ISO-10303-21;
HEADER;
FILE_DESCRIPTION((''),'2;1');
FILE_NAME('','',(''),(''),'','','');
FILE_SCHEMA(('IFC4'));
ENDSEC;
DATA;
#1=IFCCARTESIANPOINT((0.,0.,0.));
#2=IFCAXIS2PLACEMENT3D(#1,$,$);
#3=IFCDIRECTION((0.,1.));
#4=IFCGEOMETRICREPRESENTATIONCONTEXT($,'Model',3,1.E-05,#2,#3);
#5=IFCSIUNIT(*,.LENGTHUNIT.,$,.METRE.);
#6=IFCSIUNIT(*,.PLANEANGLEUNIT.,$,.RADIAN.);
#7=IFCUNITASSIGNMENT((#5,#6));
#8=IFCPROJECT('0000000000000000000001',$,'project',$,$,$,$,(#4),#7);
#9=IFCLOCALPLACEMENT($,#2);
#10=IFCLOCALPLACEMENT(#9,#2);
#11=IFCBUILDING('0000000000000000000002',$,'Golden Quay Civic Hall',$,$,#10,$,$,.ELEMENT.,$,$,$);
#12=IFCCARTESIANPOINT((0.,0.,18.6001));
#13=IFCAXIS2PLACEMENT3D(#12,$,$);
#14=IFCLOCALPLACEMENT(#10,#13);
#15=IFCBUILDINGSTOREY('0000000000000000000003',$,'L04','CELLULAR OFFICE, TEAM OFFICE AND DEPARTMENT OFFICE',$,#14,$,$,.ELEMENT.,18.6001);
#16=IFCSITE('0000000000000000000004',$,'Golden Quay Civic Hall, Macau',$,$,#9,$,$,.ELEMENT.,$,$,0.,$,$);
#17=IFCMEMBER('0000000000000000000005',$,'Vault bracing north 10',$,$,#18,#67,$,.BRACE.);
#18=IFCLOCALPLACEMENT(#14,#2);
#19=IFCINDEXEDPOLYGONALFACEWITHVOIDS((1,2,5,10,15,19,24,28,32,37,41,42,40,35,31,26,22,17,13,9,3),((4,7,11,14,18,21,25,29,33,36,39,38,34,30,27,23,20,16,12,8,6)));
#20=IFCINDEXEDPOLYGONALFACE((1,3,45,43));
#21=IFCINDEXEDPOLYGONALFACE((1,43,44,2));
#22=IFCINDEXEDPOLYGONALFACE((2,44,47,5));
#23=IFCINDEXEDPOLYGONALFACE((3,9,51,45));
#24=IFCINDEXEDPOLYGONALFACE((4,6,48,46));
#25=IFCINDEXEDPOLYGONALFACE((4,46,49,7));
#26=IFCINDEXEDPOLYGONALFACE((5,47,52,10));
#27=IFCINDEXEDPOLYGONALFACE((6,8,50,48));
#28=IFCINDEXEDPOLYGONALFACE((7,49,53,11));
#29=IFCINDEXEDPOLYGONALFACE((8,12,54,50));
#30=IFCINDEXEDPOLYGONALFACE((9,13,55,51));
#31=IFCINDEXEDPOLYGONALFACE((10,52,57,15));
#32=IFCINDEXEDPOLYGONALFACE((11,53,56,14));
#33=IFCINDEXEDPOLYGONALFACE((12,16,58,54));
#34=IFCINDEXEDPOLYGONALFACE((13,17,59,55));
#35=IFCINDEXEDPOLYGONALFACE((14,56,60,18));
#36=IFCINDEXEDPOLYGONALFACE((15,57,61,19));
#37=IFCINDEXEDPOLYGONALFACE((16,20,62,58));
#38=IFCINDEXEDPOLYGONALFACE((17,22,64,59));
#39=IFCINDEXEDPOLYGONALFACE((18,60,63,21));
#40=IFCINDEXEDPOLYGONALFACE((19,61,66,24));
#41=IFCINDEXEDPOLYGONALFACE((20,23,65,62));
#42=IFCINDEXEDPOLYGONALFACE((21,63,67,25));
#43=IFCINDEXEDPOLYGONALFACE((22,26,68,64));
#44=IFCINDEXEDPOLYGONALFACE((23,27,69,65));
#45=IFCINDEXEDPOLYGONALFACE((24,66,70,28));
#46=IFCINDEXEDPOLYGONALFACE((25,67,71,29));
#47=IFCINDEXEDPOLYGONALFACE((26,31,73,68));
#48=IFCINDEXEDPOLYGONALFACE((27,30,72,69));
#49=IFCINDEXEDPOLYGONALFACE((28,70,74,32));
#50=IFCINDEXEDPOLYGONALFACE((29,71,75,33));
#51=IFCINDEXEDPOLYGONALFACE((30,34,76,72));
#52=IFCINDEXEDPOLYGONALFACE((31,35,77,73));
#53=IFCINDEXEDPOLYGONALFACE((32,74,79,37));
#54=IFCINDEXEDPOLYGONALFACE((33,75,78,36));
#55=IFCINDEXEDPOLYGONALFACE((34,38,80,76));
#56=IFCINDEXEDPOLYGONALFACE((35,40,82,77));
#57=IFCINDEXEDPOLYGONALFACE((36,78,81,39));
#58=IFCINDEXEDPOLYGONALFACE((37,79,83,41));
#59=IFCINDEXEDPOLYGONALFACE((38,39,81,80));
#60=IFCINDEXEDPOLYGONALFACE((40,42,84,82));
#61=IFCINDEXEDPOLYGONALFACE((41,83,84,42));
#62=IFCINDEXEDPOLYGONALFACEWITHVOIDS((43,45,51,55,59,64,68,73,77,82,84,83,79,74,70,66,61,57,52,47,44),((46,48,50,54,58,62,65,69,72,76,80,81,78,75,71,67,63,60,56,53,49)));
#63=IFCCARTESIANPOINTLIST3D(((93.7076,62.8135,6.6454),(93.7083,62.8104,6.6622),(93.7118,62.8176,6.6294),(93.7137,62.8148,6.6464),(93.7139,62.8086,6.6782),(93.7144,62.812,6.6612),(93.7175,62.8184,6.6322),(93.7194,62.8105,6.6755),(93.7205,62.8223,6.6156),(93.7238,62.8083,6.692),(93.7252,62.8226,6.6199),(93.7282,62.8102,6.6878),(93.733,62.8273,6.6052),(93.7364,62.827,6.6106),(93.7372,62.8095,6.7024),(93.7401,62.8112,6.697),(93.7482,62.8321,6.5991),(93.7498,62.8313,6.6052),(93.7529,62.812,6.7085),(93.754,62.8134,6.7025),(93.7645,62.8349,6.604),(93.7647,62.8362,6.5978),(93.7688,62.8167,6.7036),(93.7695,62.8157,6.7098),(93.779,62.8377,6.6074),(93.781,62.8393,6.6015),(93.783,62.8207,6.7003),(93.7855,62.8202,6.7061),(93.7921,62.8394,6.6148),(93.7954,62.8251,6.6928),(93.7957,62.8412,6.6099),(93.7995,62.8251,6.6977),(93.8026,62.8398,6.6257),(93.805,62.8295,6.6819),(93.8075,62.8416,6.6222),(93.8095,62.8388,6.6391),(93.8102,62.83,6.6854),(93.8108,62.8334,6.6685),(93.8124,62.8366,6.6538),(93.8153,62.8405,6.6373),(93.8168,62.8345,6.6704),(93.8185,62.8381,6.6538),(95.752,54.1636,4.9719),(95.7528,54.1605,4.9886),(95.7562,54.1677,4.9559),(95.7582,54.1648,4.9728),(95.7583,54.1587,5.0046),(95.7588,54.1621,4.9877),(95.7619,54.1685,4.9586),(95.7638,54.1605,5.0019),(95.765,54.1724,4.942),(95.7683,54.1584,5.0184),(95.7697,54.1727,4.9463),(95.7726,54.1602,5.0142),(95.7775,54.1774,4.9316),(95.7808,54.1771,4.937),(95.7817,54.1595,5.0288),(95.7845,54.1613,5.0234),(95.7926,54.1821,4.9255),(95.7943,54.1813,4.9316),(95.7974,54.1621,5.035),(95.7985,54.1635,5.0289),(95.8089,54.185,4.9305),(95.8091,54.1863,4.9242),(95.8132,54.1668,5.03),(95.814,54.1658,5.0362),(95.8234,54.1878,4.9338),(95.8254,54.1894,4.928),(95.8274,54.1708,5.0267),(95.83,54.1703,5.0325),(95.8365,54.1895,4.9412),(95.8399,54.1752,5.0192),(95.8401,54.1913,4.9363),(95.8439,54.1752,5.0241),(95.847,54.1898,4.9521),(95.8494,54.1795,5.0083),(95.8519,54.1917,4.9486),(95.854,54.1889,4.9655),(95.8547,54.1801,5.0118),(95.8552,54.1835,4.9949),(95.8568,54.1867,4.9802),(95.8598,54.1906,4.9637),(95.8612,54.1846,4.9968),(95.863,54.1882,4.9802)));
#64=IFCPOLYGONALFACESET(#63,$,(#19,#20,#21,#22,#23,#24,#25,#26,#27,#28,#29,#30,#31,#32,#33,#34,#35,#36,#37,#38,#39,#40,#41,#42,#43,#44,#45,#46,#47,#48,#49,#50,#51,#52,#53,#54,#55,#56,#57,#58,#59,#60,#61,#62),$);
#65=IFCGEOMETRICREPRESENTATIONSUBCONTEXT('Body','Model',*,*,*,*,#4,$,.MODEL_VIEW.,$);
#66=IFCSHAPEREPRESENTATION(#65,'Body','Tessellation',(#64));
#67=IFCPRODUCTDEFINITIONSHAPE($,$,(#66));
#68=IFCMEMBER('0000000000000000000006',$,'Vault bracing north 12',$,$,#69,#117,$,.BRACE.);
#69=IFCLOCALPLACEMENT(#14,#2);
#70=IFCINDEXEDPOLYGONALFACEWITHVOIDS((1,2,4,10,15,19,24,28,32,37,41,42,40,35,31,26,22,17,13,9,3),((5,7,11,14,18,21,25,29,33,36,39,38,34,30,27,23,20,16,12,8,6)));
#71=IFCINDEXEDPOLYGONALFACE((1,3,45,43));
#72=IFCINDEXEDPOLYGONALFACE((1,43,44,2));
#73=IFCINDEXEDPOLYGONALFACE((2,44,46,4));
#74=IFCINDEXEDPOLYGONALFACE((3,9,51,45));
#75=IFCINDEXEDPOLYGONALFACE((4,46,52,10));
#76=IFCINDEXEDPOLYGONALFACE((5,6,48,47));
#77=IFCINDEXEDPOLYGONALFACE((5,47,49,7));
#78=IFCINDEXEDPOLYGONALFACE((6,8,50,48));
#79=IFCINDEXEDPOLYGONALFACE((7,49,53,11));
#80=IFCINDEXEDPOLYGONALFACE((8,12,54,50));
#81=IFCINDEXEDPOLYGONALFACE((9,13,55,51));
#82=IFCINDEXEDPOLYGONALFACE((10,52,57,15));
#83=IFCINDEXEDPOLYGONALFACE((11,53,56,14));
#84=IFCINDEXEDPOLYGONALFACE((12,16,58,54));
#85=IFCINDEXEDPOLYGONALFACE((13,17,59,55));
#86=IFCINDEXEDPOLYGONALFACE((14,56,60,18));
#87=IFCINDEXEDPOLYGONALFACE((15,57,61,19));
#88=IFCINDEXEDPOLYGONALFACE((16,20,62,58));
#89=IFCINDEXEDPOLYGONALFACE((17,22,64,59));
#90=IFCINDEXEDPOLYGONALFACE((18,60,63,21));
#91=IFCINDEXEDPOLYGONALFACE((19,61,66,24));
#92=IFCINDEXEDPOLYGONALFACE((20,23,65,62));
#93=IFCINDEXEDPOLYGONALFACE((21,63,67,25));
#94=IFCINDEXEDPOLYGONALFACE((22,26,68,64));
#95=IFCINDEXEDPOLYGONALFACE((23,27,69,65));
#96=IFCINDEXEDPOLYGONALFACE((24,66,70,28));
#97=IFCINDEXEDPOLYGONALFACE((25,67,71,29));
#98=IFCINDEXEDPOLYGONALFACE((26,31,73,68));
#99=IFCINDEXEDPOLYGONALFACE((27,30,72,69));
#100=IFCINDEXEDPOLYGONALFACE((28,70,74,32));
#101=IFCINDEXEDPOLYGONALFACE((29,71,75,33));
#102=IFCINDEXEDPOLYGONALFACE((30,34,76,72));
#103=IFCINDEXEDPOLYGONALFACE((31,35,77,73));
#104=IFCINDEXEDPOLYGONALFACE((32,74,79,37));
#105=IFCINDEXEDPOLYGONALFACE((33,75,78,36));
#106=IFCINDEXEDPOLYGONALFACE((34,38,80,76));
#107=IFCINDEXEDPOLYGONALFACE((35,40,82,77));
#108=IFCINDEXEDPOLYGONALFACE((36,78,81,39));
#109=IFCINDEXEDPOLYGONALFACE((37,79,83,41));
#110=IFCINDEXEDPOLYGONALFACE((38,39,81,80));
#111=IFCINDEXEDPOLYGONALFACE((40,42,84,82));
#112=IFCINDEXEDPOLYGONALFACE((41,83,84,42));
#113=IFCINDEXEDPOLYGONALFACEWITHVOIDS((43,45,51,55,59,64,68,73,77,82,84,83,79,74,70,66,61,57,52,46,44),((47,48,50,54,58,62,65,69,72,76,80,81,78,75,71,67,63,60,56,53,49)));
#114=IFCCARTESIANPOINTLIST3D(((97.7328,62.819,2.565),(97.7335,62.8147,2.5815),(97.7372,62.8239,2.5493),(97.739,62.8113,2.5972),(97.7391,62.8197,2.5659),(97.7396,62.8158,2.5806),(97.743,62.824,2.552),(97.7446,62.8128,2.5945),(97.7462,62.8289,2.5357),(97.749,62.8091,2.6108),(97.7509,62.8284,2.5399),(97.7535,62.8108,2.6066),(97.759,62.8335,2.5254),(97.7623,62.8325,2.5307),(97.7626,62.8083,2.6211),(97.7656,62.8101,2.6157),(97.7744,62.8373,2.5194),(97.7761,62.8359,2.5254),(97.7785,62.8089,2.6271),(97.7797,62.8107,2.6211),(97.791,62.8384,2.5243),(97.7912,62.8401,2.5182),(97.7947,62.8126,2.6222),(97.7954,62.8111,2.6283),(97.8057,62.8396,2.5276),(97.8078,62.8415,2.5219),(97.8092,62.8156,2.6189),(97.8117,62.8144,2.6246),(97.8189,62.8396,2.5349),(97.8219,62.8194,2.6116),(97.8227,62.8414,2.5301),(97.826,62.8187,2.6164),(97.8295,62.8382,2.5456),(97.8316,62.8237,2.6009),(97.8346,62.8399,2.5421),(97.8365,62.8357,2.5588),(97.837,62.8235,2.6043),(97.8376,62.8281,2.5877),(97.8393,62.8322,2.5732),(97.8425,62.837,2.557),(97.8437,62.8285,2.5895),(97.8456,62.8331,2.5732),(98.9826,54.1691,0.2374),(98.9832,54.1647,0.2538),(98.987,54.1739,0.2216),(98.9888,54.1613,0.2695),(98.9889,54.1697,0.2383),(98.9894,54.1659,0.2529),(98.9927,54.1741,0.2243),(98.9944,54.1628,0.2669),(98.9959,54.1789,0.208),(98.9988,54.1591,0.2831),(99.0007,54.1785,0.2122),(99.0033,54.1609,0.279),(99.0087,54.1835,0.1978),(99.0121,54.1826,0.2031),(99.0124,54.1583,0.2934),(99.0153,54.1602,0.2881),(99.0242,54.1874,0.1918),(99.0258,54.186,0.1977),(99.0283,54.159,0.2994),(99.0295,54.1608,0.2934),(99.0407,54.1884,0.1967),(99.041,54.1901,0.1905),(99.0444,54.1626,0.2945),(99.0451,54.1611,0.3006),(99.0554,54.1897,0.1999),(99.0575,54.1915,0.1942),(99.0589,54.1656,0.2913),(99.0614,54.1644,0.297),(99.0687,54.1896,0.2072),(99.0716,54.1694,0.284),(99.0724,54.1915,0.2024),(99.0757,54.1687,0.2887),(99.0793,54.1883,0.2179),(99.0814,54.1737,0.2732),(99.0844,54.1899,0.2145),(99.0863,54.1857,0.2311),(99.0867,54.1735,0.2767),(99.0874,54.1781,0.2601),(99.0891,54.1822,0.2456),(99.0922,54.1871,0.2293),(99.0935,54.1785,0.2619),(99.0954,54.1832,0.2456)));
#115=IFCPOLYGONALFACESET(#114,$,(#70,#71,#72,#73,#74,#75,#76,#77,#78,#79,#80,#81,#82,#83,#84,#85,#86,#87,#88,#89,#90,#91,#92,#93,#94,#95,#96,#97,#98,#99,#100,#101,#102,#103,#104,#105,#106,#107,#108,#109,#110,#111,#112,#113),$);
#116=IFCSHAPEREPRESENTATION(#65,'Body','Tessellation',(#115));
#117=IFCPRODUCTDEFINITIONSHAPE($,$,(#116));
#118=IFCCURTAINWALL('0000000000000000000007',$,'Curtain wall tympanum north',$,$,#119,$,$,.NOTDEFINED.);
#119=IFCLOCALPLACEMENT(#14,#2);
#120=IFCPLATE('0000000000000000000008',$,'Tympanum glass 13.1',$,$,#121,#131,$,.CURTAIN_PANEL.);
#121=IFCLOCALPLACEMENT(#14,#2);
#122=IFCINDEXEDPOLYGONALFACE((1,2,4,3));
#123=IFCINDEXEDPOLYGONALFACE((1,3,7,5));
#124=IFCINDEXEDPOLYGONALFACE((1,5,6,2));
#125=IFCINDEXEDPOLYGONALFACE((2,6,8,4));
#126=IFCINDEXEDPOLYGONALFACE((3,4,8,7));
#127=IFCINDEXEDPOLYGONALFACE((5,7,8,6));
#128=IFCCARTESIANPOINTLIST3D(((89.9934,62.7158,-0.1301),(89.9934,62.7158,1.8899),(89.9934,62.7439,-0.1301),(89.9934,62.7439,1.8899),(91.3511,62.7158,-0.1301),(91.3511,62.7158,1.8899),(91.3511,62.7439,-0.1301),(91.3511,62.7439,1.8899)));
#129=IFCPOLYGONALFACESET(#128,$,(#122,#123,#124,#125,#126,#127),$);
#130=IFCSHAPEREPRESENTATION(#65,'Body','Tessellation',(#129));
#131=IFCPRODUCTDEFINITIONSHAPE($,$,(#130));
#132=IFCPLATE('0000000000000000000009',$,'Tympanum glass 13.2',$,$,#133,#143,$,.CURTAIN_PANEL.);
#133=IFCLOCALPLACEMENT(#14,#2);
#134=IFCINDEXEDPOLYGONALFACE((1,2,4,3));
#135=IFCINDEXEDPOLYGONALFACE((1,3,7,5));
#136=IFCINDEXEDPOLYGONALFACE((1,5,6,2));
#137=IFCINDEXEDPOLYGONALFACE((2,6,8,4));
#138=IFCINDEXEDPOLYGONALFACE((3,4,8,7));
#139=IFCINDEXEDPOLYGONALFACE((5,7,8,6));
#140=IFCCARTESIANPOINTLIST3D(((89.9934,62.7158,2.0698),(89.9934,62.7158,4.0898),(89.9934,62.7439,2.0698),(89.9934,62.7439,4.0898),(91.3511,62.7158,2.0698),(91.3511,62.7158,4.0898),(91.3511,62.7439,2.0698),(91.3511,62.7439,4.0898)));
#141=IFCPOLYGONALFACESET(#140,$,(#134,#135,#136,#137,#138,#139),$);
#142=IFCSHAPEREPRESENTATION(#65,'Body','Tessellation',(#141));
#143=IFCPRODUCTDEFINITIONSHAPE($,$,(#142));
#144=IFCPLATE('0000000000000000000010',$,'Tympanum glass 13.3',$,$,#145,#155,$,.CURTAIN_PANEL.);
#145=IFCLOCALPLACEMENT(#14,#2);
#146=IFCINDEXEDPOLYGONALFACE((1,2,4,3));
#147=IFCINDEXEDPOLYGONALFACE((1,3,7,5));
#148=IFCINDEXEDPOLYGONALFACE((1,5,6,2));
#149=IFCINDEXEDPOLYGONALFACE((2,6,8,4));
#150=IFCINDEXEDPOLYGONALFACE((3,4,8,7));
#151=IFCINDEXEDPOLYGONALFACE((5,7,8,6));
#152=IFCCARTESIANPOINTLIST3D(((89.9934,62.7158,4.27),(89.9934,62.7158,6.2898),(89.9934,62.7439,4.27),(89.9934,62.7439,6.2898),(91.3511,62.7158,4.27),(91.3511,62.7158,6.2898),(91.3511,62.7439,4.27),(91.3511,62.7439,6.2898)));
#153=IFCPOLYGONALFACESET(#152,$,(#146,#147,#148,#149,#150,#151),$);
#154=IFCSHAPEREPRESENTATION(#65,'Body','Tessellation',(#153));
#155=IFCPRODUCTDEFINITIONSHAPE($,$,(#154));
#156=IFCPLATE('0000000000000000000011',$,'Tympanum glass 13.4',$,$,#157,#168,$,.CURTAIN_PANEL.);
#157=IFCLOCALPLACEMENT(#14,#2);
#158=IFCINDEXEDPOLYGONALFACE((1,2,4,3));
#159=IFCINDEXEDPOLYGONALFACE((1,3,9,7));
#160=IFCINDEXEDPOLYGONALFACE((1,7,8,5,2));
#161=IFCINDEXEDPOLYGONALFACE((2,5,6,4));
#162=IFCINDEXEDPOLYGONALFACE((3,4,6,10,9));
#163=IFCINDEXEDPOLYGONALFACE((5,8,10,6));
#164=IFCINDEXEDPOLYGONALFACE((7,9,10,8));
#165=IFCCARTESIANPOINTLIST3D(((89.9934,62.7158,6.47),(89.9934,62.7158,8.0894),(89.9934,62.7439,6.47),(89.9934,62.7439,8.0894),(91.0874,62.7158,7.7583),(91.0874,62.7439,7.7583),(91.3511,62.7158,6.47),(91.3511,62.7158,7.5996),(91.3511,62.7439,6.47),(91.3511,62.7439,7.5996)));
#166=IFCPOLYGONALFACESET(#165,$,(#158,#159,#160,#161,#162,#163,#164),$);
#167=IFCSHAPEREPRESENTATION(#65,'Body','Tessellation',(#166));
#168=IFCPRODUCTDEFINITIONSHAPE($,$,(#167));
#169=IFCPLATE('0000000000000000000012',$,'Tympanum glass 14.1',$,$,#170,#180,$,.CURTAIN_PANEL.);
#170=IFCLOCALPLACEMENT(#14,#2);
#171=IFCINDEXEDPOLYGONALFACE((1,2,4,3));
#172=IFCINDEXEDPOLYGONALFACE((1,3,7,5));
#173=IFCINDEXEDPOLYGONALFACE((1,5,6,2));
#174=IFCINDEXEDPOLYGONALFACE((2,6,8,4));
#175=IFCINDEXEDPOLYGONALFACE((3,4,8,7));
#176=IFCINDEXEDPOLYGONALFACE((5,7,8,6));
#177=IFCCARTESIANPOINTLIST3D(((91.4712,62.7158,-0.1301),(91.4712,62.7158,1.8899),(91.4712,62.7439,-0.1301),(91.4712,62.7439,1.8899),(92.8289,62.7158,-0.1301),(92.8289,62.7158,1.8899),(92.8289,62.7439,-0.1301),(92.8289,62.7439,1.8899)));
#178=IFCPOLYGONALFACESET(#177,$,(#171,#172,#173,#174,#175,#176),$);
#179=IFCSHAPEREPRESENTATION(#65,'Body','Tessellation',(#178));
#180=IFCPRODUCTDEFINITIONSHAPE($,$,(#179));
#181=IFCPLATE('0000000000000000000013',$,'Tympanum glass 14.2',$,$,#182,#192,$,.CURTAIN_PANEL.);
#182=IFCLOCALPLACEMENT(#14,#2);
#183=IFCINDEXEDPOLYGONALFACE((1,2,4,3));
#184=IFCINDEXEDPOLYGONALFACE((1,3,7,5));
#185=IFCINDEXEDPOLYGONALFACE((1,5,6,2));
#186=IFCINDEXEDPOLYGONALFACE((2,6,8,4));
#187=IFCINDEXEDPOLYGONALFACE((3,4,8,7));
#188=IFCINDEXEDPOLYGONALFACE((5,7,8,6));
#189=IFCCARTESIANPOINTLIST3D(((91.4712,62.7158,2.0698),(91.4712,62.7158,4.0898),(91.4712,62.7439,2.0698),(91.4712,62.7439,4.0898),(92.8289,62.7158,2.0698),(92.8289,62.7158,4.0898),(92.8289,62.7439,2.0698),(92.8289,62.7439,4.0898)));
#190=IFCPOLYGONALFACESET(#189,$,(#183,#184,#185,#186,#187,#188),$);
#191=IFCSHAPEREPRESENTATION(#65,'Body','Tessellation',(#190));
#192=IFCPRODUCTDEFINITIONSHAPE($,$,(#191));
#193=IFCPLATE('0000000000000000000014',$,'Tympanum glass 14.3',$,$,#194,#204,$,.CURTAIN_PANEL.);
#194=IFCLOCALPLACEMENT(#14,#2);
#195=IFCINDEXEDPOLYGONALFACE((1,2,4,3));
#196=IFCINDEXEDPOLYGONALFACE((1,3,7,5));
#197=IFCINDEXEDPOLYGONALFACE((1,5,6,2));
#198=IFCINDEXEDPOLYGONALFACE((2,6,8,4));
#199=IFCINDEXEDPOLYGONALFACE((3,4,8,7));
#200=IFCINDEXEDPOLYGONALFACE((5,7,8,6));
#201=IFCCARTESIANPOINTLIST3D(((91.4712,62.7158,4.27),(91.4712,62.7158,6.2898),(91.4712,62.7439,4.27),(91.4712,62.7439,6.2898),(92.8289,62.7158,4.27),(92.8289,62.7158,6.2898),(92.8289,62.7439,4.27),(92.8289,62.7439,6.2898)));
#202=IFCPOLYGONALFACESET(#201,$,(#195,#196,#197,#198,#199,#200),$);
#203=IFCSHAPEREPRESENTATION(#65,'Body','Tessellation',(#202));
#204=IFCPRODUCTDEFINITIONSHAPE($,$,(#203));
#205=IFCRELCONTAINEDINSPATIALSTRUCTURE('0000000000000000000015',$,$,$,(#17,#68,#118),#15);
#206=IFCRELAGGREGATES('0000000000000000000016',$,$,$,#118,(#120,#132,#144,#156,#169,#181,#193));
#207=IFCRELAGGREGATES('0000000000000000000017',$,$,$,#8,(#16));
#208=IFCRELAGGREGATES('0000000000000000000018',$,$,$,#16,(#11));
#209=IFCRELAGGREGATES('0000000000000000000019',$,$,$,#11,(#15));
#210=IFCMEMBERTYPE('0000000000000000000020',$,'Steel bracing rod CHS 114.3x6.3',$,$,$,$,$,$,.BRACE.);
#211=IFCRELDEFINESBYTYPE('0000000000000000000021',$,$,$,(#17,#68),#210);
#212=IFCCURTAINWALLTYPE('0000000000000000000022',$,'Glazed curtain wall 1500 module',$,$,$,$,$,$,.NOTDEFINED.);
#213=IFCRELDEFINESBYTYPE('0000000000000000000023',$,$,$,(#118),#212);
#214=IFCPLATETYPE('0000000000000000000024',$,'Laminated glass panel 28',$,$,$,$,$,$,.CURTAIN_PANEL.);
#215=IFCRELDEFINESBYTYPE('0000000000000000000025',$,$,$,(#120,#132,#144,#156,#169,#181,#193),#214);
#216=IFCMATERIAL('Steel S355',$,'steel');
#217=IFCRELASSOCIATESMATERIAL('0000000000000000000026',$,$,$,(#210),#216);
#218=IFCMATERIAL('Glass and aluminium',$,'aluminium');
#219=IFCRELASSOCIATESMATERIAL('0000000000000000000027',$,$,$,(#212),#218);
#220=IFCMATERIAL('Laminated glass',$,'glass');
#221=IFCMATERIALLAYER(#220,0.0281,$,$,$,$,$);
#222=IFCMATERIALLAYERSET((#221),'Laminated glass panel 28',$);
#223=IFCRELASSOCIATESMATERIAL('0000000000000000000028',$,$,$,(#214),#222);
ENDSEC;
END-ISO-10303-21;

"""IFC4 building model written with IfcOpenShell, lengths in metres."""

from ifc_helpers import new_model, si_unit, direction, frame, origin, origin_2d, place, context, subcontext, project, spatial, polyline, hollow_circle, outline, extrude, material, layer, layer_set, material_profile, profile_set, type_object, element, aggregate, save


model = new_model("IFC4")

# Units and contexts
model_context = context("Model", 3, precision=1e-05, world=origin(), true_north=direction((0.0, 1.0)))
body_context = subcontext(model_context, "Body", "Model", "MODEL_VIEW")
ifc_project = project(units=[si_unit("LENGTHUNIT", "METRE"), si_unit("PLANEANGLEUNIT", "RADIAN")], contexts=[model_context])

# Site, building, storey
site_placement = place(None, origin())
site = spatial("IfcSite", under=ifc_project, at=site_placement, Name="Golden Quay Civic Hall, Macau", CompositionType="ELEMENT", RefElevation=0.0)
building_placement = place(site_placement, origin())
building = spatial("IfcBuilding", under=site, at=building_placement, Name="Golden Quay Civic Hall", CompositionType="ELEMENT")
storey_placement = place(building_placement, frame((0.0, 0.0, 18.6001)))
storey = spatial("IfcBuildingStorey", under=building, at=storey_placement, Name="L04", Description="CELLULAR OFFICE, TEAM OFFICE AND DEPARTMENT OFFICE", CompositionType="ELEMENT", Elevation=18.6001)

# Members
ifc_material_1 = material(Name="Steel S355", Category="steel")
ifc_material_profile_1 = material_profile(ifc_material_1, hollow_circle(Radius=0.0571, WallThickness=0.0063, at=origin_2d()), Name="CHS 114.3x6.3")
ifc_profile_set_1 = profile_set([ifc_material_profile_1], Name="Steel S355")
member_type_1 = type_object("IfcMemberType", Name="Steel bracing rod CHS 114.3x6.3", PredefinedType="BRACE", material=ifc_profile_set_1)
for number, where, z_axis, x_axis, name in (
    (1, (93.7629, 62.825, 6.6538), (0.226044, -0.956381, -0.185041), (0.973187, 0.230016, 0.0), "Vault bracing north 10"),
    (2, (97.7891, 62.825, 2.5732), (0.138181, -0.956385, -0.257358), (0.989723, 0.142997, 0.0), "Vault bracing north 12"),
):
    element("IfcMember", number, at=place(storey_placement, frame(where, z_axis=z_axis, x_axis=x_axis)), inside=storey, type_object=member_type_1, Name=name, PredefinedType="BRACE", context=body_context, shape_type="SweptSolid", body=[
        extrude(hollow_circle(Radius=0.0571, WallThickness=0.0063, at=origin_2d()), origin(), (0.0, 0.0, 1.0), 9.0444),
    ])

# Curtain wall, plates
ifc_material_2 = material(Name="Glass and aluminium", Category="aluminium")
curtain_wall_type = type_object("IfcCurtainWallType", Name="Glazed curtain wall 1500 module", PredefinedType="NOTDEFINED", material=ifc_material_2)
curtain_wall_placement = place(storey_placement, origin())
curtain_wall = element("IfcCurtainWall", 3, at=curtain_wall_placement, inside=storey, type_object=curtain_wall_type, Name="Curtain wall tympanum north", PredefinedType="NOTDEFINED")
ifc_material_3 = material(Name="Laminated glass", Category="glass")
ifc_layer = layer(ifc_material_3, 0.0281)
ifc_layer_set = layer_set([ifc_layer], Name="Laminated glass panel 28")
plate_type = type_object("IfcPlateType", Name="Laminated glass panel 28", PredefinedType="CURTAIN_PANEL", material=ifc_layer_set)
plate_1_placement = place(storey_placement, frame((91.3511, 62.7439, -0.1301), z_axis=(0.0, 1.0, 0.0), x_axis=(-1.0, 0.0, 0.0)))
plate_1 = element("IfcPlate", 4, at=plate_1_placement, type_object=plate_type, Name="Tympanum glass 13.1", PredefinedType="CURTAIN_PANEL", context=body_context, shape_type="SweptSolid", body=[
    extrude(outline(polyline([(0.0, 0.0), (1.3577, 0.0), (1.3577, 2.02), (0.0, 2.02), (0.0, 0.0)])), origin(), (0.0, 0.0, -1.0), 0.0281),
])
plate_2_placement = place(storey_placement, frame((91.3511, 62.7439, 2.0698), z_axis=(0.0, 1.0, 0.0), x_axis=(-1.0, 0.0, 0.0)))
plate_2 = element("IfcPlate", 5, at=plate_2_placement, type_object=plate_type, Name="Tympanum glass 13.2", PredefinedType="CURTAIN_PANEL", context=body_context, shape_type="SweptSolid", body=[
    extrude(outline(polyline([(0.0, 0.0), (1.3577, 0.0), (1.3577, 2.02), (0.0, 2.02), (0.0, 0.0)])), origin(), (0.0, 0.0, -1.0), 0.0281),
])
plate_3_placement = place(storey_placement, frame((91.3511, 62.7439, 4.27), z_axis=(0.0, 1.0, 0.0), x_axis=(-1.0, 0.0, 0.0)))
plate_3 = element("IfcPlate", 6, at=plate_3_placement, type_object=plate_type, Name="Tympanum glass 13.3", PredefinedType="CURTAIN_PANEL", context=body_context, shape_type="SweptSolid", body=[
    extrude(outline(polyline([(0.0, 0.0), (1.3577, 0.0), (1.3577, 2.0198), (0.0, 2.0198), (0.0, 0.0)])), origin(), (0.0, 0.0, -1.0), 0.0281),
])
plate_4_placement = place(storey_placement, frame((91.3511, 62.7439, 6.47), z_axis=(0.0, 1.0, 0.0), x_axis=(-1.0, 0.0, 0.0)))
plate_4 = element("IfcPlate", 7, at=plate_4_placement, type_object=plate_type, Name="Tympanum glass 13.4", PredefinedType="CURTAIN_PANEL", context=body_context, shape_type="SweptSolid", body=[
    extrude(outline(polyline([(0.0, 0.0), (1.3577, 0.0), (1.3577, 1.6194), (0.2637, 1.2883), (0.0, 1.1296), (0.0, 0.0)])), origin(), (0.0, 0.0, -1.0), 0.0281),
])
plate_5_placement = place(storey_placement, frame((92.8289, 62.7439, -0.1301), z_axis=(0.0, 1.0, 0.0), x_axis=(-1.0, 0.0, 0.0)))
plate_5 = element("IfcPlate", 8, at=plate_5_placement, type_object=plate_type, Name="Tympanum glass 14.1", PredefinedType="CURTAIN_PANEL", context=body_context, shape_type="SweptSolid", body=[
    extrude(outline(polyline([(0.0, 0.0), (1.3577, 0.0), (1.3577, 2.02), (0.0, 2.02), (0.0, 0.0)])), origin(), (0.0, 0.0, -1.0), 0.0281),
])
plate_6_placement = place(storey_placement, frame((92.8289, 62.7439, 2.0698), z_axis=(0.0, 1.0, 0.0), x_axis=(-1.0, 0.0, 0.0)))
plate_6 = element("IfcPlate", 9, at=plate_6_placement, type_object=plate_type, Name="Tympanum glass 14.2", PredefinedType="CURTAIN_PANEL", context=body_context, shape_type="SweptSolid", body=[
    extrude(outline(polyline([(0.0, 0.0), (1.3577, 0.0), (1.3577, 2.02), (0.0, 2.02), (0.0, 0.0)])), origin(), (0.0, 0.0, -1.0), 0.0281),
])
plate_7_placement = place(storey_placement, frame((92.8289, 62.7439, 4.27), z_axis=(0.0, 1.0, 0.0), x_axis=(-1.0, 0.0, 0.0)))
plate_7 = element("IfcPlate", 10, at=plate_7_placement, type_object=plate_type, Name="Tympanum glass 14.3", PredefinedType="CURTAIN_PANEL", context=body_context, shape_type="SweptSolid", body=[
    extrude(outline(polyline([(0.0, 0.0), (1.3577, 0.0), (1.3577, 2.0198), (0.0, 2.0198), (0.0, 0.0)])), origin(), (0.0, 0.0, -1.0), 0.0281),
])
aggregate(curtain_wall, [plate_1, plate_2, plate_3, plate_4, plate_5, plate_6, plate_7])

save(model, "model.ifc")
